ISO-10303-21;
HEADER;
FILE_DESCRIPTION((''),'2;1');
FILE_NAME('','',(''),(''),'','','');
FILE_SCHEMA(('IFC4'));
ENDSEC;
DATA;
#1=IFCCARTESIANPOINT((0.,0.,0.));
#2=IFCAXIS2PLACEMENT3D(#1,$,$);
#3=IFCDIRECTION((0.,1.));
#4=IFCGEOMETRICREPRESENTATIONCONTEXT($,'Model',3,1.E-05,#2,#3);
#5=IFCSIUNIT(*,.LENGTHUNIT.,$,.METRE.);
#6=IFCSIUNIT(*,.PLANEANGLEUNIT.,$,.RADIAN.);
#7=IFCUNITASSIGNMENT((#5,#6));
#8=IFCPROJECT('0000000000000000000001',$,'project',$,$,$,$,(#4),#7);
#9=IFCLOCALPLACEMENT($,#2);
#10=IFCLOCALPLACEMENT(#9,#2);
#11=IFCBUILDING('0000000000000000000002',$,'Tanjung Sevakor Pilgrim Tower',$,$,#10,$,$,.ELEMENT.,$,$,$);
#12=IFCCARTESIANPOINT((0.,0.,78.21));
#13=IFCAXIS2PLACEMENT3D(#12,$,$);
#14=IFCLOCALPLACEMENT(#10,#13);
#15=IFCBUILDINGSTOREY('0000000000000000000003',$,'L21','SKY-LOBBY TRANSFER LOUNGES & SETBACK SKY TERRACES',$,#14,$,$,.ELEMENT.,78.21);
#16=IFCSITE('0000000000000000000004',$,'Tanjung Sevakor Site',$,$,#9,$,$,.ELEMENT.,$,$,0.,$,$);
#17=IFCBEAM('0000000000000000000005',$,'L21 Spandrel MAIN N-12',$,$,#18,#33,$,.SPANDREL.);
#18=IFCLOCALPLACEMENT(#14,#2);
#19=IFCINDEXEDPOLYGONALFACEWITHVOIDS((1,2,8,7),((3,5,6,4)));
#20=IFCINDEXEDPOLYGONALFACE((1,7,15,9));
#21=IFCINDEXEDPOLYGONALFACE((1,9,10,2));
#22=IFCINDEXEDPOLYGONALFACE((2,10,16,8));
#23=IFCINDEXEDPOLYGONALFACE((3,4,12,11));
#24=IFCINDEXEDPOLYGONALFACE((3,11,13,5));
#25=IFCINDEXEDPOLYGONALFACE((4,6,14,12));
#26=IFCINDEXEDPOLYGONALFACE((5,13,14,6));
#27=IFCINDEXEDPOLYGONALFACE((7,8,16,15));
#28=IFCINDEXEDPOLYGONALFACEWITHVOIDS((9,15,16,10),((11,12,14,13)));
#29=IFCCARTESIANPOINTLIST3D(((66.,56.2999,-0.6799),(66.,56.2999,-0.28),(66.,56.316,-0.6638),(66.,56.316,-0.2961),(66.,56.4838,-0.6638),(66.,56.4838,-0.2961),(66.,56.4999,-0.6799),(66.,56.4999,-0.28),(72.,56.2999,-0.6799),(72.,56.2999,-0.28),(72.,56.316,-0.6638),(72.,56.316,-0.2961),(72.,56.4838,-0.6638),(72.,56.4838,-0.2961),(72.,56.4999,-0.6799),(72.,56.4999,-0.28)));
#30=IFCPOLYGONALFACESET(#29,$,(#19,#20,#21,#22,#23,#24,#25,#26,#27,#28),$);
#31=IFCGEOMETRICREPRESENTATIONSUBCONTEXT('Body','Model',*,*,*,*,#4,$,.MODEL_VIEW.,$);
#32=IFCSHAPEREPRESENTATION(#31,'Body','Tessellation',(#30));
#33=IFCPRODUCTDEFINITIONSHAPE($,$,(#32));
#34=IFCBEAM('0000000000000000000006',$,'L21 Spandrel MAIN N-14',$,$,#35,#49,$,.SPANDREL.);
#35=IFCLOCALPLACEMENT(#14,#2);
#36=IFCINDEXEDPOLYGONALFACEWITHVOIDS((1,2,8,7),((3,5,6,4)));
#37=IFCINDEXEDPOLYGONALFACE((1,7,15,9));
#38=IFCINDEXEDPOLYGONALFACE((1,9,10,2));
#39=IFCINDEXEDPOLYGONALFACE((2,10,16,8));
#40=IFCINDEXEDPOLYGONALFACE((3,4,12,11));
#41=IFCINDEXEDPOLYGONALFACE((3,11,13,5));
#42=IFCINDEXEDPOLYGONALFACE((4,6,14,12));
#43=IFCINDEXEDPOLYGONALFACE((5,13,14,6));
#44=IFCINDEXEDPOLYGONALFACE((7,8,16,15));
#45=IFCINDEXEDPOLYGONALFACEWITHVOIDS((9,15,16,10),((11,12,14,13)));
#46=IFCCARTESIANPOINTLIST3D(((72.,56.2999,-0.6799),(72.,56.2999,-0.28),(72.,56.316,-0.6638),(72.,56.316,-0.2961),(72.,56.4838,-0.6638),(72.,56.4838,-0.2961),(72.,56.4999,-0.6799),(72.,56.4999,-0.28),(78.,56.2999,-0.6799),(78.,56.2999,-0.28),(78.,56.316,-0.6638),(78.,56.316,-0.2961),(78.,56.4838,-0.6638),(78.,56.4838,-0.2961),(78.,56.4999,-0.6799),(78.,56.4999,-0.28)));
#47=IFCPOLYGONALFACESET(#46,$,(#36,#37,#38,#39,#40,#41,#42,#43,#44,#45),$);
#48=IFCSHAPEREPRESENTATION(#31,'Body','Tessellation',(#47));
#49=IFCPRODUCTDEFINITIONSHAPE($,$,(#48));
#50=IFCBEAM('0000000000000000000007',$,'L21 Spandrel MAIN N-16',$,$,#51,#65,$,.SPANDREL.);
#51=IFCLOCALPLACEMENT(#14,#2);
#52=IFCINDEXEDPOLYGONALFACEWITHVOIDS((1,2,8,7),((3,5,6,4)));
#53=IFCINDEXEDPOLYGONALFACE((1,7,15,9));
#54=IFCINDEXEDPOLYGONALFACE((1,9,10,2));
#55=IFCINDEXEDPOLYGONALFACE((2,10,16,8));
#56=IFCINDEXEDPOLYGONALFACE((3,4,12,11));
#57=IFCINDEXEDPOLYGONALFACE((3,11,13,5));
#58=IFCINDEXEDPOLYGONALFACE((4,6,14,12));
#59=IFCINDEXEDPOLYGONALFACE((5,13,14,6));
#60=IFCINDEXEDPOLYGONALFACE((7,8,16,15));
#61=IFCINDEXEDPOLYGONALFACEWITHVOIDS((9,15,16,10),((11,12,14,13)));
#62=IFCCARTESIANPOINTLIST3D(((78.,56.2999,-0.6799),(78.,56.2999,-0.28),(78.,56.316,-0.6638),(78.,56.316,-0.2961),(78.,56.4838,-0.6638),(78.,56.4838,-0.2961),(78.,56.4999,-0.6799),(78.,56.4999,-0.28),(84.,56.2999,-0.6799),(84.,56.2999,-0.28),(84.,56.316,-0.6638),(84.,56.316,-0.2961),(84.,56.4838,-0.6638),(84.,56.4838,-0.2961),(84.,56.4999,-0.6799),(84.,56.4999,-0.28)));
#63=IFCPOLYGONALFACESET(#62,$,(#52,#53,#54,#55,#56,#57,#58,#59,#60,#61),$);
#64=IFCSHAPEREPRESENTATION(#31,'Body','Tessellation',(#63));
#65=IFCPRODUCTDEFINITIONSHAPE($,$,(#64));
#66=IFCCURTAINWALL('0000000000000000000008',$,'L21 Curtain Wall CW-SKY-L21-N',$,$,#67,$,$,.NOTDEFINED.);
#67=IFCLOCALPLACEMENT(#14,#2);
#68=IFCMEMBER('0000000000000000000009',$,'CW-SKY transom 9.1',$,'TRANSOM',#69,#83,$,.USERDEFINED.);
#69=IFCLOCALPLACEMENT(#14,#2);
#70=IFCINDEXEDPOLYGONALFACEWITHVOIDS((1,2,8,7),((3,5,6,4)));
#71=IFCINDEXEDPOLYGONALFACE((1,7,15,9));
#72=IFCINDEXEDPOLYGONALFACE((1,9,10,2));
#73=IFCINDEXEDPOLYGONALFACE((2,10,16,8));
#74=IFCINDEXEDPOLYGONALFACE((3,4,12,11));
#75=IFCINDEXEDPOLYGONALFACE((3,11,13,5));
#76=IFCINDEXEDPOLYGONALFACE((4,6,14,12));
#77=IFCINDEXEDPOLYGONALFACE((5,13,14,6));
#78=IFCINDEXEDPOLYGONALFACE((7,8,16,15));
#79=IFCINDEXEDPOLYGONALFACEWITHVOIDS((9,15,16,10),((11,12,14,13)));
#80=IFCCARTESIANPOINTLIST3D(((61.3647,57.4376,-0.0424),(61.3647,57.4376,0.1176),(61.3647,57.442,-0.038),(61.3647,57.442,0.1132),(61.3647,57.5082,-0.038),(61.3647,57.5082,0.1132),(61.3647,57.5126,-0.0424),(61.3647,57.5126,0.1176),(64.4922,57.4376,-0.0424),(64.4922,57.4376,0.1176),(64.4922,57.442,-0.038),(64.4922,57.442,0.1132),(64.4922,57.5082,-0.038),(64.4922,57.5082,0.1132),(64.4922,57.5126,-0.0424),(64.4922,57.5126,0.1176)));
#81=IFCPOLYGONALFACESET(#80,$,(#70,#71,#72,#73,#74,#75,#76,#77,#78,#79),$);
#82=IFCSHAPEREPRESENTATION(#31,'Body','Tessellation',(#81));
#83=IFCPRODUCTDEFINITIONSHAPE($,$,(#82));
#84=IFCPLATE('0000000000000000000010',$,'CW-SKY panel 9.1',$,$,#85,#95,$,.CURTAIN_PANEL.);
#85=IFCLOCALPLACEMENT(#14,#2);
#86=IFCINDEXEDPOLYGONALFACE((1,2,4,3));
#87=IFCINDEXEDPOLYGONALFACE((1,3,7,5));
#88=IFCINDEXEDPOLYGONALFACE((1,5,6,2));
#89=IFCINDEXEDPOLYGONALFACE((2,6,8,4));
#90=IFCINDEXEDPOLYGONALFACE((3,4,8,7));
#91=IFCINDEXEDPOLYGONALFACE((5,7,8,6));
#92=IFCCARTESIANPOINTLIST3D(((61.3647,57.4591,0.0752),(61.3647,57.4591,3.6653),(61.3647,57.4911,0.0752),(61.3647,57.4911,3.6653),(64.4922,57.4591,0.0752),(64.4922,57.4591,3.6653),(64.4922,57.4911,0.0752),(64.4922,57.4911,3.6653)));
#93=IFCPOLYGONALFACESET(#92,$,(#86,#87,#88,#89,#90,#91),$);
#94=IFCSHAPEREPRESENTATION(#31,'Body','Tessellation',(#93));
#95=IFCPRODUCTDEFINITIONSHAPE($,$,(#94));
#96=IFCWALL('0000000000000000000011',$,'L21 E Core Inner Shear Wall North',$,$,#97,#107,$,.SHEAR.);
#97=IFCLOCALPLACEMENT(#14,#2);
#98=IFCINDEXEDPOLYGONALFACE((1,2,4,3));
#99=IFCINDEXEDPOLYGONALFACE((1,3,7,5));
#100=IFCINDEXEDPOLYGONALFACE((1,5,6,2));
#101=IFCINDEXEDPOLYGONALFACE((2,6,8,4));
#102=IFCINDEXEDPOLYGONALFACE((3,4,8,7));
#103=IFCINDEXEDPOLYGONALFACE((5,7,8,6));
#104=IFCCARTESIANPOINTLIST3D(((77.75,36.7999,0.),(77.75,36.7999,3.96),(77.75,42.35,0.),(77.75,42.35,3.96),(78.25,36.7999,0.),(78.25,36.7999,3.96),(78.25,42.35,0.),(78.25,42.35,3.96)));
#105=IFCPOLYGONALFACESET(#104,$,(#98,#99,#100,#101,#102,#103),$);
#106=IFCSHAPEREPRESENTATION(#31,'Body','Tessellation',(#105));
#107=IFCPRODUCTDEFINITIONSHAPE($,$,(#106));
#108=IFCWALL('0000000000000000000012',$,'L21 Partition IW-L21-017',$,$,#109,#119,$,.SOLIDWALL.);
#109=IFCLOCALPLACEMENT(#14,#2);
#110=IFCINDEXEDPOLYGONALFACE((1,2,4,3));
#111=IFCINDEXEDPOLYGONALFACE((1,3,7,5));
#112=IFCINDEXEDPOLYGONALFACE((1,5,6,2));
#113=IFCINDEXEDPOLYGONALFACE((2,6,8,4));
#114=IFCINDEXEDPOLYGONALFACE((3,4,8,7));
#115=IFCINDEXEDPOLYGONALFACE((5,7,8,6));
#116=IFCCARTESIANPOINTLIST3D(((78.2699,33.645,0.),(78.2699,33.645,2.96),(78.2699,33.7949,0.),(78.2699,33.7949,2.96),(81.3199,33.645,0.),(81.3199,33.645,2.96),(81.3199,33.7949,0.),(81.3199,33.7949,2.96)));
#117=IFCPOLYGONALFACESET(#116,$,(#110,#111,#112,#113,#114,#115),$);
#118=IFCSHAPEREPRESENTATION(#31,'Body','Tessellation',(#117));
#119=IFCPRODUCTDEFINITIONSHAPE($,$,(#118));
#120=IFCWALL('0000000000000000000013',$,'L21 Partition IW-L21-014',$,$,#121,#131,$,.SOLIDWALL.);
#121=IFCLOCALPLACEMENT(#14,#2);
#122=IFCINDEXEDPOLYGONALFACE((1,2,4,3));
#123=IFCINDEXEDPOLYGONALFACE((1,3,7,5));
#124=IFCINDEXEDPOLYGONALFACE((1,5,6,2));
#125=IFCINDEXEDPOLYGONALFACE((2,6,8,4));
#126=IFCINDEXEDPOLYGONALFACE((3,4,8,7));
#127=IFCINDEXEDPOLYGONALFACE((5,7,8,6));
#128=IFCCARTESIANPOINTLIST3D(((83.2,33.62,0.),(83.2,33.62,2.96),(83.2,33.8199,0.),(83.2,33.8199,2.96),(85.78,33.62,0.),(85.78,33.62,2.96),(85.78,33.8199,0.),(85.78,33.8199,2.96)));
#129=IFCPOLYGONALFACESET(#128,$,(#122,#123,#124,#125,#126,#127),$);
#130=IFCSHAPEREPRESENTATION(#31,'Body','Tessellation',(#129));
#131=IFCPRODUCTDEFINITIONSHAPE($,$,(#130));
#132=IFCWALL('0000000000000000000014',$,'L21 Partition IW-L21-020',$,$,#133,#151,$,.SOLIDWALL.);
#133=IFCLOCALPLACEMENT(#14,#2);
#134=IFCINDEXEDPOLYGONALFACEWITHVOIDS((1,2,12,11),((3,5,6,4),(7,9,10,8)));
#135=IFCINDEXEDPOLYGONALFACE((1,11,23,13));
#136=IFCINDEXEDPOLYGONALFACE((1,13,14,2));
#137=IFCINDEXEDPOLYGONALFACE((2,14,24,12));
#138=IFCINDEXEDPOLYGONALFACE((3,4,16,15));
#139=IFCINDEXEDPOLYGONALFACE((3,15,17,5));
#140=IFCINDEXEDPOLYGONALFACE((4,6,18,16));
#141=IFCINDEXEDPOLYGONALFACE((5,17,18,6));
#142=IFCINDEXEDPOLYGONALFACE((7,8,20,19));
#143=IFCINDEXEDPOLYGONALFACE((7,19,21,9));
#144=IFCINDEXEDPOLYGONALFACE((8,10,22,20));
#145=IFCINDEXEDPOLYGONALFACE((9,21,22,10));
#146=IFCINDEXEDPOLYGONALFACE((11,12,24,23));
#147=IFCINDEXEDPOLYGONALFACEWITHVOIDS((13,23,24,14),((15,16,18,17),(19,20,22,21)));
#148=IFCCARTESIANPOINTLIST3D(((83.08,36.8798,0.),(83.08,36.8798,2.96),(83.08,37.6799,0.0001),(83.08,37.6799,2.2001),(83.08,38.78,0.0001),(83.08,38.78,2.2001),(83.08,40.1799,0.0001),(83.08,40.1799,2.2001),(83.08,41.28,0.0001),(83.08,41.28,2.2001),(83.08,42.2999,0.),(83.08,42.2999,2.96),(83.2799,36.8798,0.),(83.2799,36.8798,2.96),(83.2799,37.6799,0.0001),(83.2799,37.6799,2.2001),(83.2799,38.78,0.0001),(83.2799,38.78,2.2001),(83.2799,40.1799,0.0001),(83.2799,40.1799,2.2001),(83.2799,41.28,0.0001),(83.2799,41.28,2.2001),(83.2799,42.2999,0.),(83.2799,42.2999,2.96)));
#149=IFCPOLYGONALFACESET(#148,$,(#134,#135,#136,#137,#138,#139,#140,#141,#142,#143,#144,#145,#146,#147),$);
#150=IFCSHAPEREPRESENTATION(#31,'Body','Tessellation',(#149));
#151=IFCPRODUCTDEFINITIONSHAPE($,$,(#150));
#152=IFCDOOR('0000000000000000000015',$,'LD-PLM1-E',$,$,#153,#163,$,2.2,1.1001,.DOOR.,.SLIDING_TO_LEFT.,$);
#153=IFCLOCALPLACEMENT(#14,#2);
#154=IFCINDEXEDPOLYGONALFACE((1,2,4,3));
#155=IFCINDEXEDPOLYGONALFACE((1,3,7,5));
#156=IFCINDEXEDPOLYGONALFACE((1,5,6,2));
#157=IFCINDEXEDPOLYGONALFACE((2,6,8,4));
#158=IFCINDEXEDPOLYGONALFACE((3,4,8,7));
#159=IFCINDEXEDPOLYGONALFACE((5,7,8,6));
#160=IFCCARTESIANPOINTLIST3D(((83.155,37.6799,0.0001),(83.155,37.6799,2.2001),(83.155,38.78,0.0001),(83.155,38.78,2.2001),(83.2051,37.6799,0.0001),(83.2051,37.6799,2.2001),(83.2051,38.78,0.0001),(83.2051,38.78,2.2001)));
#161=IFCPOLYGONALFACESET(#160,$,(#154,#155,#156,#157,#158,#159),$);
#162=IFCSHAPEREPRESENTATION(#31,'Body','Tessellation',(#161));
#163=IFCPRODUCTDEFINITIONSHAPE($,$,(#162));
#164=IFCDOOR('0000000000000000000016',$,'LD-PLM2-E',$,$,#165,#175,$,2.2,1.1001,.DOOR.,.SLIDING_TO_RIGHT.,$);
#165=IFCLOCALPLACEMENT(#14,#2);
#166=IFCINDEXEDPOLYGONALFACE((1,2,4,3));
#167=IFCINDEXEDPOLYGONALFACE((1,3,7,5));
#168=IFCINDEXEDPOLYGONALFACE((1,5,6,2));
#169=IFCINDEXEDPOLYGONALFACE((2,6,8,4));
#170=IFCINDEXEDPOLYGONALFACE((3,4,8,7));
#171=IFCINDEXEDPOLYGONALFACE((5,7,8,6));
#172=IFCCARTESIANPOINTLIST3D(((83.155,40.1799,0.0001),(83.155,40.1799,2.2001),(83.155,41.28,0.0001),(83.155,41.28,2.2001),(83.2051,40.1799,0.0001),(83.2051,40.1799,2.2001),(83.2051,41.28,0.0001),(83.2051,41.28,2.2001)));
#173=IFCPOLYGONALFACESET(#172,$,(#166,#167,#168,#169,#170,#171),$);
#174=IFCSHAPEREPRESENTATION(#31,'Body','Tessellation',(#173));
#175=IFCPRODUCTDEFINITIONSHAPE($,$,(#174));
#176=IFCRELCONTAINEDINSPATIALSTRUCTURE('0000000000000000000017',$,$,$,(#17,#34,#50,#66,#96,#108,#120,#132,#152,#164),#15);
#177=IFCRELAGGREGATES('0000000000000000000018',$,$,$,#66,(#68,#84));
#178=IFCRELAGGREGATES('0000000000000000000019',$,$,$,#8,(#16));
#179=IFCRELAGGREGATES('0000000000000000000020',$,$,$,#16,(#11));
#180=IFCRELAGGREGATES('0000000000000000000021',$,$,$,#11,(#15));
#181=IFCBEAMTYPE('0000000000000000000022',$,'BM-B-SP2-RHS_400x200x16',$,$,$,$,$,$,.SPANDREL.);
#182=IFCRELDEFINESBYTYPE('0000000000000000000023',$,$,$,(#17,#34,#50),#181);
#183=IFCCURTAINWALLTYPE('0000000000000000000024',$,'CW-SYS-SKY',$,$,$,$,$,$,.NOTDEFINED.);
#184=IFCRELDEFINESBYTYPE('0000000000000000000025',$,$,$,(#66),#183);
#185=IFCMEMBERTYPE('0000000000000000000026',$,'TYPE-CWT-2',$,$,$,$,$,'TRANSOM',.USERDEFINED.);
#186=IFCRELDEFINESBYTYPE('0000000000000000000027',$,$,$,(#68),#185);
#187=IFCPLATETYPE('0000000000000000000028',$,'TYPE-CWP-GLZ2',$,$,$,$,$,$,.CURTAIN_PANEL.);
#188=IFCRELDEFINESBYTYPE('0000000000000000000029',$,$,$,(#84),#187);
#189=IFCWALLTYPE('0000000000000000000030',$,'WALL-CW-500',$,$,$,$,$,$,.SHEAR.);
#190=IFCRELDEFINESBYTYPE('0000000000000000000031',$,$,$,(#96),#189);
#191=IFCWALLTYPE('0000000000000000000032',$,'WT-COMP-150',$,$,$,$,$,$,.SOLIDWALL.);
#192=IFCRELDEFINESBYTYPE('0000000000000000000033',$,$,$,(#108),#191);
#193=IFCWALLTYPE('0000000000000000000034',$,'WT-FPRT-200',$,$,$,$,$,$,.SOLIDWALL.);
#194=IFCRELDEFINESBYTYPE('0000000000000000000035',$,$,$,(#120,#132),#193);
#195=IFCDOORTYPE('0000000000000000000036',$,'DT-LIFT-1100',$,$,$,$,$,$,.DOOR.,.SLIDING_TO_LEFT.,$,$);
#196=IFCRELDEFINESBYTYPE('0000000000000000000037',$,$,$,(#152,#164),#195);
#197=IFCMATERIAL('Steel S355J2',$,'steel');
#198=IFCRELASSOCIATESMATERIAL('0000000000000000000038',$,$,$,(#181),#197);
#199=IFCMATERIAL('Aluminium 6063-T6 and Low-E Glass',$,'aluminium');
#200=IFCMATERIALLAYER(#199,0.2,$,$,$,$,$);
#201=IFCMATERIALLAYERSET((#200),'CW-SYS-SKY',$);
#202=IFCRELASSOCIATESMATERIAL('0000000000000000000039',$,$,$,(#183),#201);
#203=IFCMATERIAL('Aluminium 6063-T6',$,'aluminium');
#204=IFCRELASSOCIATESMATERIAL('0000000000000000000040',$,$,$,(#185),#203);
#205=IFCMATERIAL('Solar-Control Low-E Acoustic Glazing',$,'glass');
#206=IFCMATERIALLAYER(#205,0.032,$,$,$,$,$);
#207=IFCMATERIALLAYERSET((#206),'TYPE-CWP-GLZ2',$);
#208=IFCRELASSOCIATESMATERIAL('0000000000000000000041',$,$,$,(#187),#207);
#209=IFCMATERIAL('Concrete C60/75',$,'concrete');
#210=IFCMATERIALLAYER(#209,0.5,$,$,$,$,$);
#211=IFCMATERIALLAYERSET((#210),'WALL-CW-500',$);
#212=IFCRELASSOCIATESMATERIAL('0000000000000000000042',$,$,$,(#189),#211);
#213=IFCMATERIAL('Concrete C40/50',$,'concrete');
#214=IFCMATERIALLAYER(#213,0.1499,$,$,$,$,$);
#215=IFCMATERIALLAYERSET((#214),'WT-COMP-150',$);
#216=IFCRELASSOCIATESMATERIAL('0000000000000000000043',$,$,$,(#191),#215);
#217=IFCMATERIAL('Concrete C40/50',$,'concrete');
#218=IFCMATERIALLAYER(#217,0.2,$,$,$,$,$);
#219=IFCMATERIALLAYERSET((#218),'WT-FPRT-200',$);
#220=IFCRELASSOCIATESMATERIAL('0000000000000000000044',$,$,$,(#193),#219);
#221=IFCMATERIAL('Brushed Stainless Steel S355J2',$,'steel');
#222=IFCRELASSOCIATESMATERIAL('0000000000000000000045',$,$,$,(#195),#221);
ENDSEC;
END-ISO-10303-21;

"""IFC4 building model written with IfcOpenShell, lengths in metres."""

from ifc_helpers import new_model, si_unit, direction, frame, frame_2d, origin, origin_2d, place, context, subcontext, project, spatial, rectangle, hollow_rectangle, extrude, material, layer, layer_set, material_profile, profile_set, type_object, element, fill, aggregate, save


model = new_model("IFC4")

# Units and contexts
model_context = context("Model", 3, precision=1e-05, world=origin(), true_north=direction((0.0, 1.0)))
body_context = subcontext(model_context, "Body", "Model", "MODEL_VIEW")
ifc_project = project(units=[si_unit("LENGTHUNIT", "METRE"), si_unit("PLANEANGLEUNIT", "RADIAN")], contexts=[model_context])

# Site, building, storey
site_placement = place(None, origin())
site = spatial("IfcSite", under=ifc_project, at=site_placement, Name="Tanjung Sevakor Site", CompositionType="ELEMENT", RefElevation=0.0)
building_placement = place(site_placement, origin())
building = spatial("IfcBuilding", under=site, at=building_placement, Name="Tanjung Sevakor Pilgrim Tower", CompositionType="ELEMENT")
storey_placement = place(building_placement, frame((0.0, 0.0, 78.21)))
storey = spatial("IfcBuildingStorey", under=building, at=storey_placement, Name="L21", Description="SKY-LOBBY TRANSFER LOUNGES & SETBACK SKY TERRACES", CompositionType="ELEMENT", Elevation=78.21)

# Beams
ifc_material_1 = material(Name="Steel S355J2", Category="steel")
ifc_material_profile_1 = material_profile(ifc_material_1, hollow_rectangle(XDim=0.2, YDim=0.3999, WallThickness=0.0161, at=origin_2d()))
ifc_profile_set_1 = profile_set([ifc_material_profile_1], Name="Steel S355J2")
beam_type_1 = type_object("IfcBeamType", Name="BM-B-SP2-RHS_400x200x16", PredefinedType="SPANDREL", material=ifc_profile_set_1)
for number, where, z_axis, x_axis, name in (
    (1, (66.0, 56.3999, -0.48), (1.0, 0.0, 0.0), (0.0, 1.0, 0.0), "L21 Spandrel MAIN N-12"),
    (2, (72.0, 56.3999, -0.48), (1.0, 0.0, 0.0), (0.0, 1.0, 0.0), "L21 Spandrel MAIN N-14"),
    (3, (78.0, 56.3999, -0.48), (1.0, 0.0, 0.0), (0.0, 1.0, 0.0), "L21 Spandrel MAIN N-16"),
):
    element("IfcBeam", number, at=place(storey_placement, frame(where, z_axis=z_axis, x_axis=x_axis)), inside=storey, type_object=beam_type_1, Name=name, PredefinedType="SPANDREL", context=body_context, shape_type="SweptSolid", body=[
        extrude(hollow_rectangle(XDim=0.2, YDim=0.3999, WallThickness=0.0161, at=origin_2d()), origin(), (0.0, 0.0, 1.0), 6.0),
    ])

# Curtain wall, member, plate
ifc_material_2 = material(Name="Aluminium 6063-T6 and Low-E Glass", Category="aluminium")
ifc_layer_1 = layer(ifc_material_2, 0.2)
ifc_layer_set_1 = layer_set([ifc_layer_1], Name="CW-SYS-SKY")
curtain_wall_type = type_object("IfcCurtainWallType", Name="CW-SYS-SKY", PredefinedType="NOTDEFINED", material=ifc_layer_set_1)
curtain_wall_placement = place(storey_placement, origin())
curtain_wall = element("IfcCurtainWall", 4, at=curtain_wall_placement, inside=storey, type_object=curtain_wall_type, Name="L21 Curtain Wall CW-SKY-L21-N", PredefinedType="NOTDEFINED")
ifc_material_3 = material(Name="Aluminium 6063-T6", Category="aluminium")
ifc_material_profile_2 = material_profile(ifc_material_3, hollow_rectangle(XDim=0.075, YDim=0.1599, WallThickness=0.0044, at=origin_2d()))
ifc_profile_set_2 = profile_set([ifc_material_profile_2], Name="Aluminium 6063-T6")
member_type = type_object("IfcMemberType", Name="TYPE-CWT-2", ElementType="TRANSOM", PredefinedType="USERDEFINED", material=ifc_profile_set_2)
member_placement = place(storey_placement, frame((64.4922, 57.4751, 0.0376), z_axis=(-1.0, 0.0, 0.0), x_axis=(0.0, -1.0, 0.0)))
member = element("IfcMember", 5, at=member_placement, type_object=member_type, Name="CW-SKY transom 9.1", ObjectType="TRANSOM", PredefinedType="USERDEFINED", context=body_context, shape_type="SweptSolid", body=[
    extrude(hollow_rectangle(XDim=0.075, YDim=0.1599, WallThickness=0.0044, at=origin_2d()), origin(), (0.0, 0.0, 1.0), 3.1274),
])
ifc_material_4 = material(Name="Solar-Control Low-E Acoustic Glazing", Category="glass")
ifc_layer_2 = layer(ifc_material_4, 0.032)
ifc_layer_set_2 = layer_set([ifc_layer_2], Name="TYPE-CWP-GLZ2")
plate_type = type_object("IfcPlateType", Name="TYPE-CWP-GLZ2", PredefinedType="CURTAIN_PANEL", material=ifc_layer_set_2)
plate_placement = place(storey_placement, frame((62.9285, 57.4751, 0.0752), z_axis=(0.0, 0.0, 1.0), x_axis=(-1.0, 0.0, 0.0)))
plate = element("IfcPlate", 6, at=plate_placement, type_object=plate_type, Name="CW-SKY panel 9.1", PredefinedType="CURTAIN_PANEL", context=body_context, shape_type="SweptSolid", body=[
    extrude(rectangle(XDim=3.1274, YDim=0.032, at=origin_2d()), origin(), (0.0, 0.0, 1.0), 3.5901),
])
aggregate(curtain_wall, [member, plate])

# Walls
ifc_material_5 = material(Name="Concrete C60/75", Category="concrete")
ifc_layer_3 = layer(ifc_material_5, 0.5)
ifc_layer_set_3 = layer_set([ifc_layer_3], Name="WALL-CW-500")
wall_type_1 = type_object("IfcWallType", Name="WALL-CW-500", PredefinedType="SHEAR", material=ifc_layer_set_3)
wall_1_placement = place(storey_placement, frame((78.0, 36.8, 0.0), z_axis=(0.0, 0.0, 1.0), x_axis=(0.0, 1.0, 0.0)))
element("IfcWall", 7, at=wall_1_placement, inside=storey, type_object=wall_type_1, Name="L21 E Core Inner Shear Wall North", PredefinedType="SHEAR", context=body_context, shape_type="SweptSolid", body=[
    extrude(rectangle(XDim=5.55, YDim=0.5, at=frame_2d((2.7749, 0.0))), origin(), (0.0, 0.0, 1.0), 3.96),
])
ifc_material_6 = material(Name="Concrete C40/50", Category="concrete")
ifc_layer_4 = layer(ifc_material_6, 0.1499)
ifc_layer_set_4 = layer_set([ifc_layer_4], Name="WT-COMP-150")
wall_type_2 = type_object("IfcWallType", Name="WT-COMP-150", PredefinedType="SOLIDWALL", material=ifc_layer_set_4)
wall_2_placement = place(storey_placement, frame((78.27, 33.72, 0.0), z_axis=(0.0, 0.0, 1.0), x_axis=(1.0, 0.0, 0.0)))
element("IfcWall", 8, at=wall_2_placement, inside=storey, type_object=wall_type_2, Name="L21 Partition IW-L21-017", PredefinedType="SOLIDWALL", context=body_context, shape_type="SweptSolid", body=[
    extrude(rectangle(XDim=3.05, YDim=0.1499, at=frame_2d((1.5249, 0.0))), origin(), (0.0, 0.0, 1.0), 2.96),
])
ifc_material_7 = material(Name="Concrete C40/50", Category="concrete")
ifc_layer_5 = layer(ifc_material_7, 0.2)
ifc_layer_set_5 = layer_set([ifc_layer_5], Name="WT-FPRT-200")
wall_type_3 = type_object("IfcWallType", Name="WT-FPRT-200", PredefinedType="SOLIDWALL", material=ifc_layer_set_5)
wall_3_placement = place(storey_placement, frame((83.2, 33.72, 0.0), z_axis=(0.0, 0.0, 1.0), x_axis=(1.0, 0.0, 0.0)))
element("IfcWall", 9, at=wall_3_placement, inside=storey, type_object=wall_type_3, Name="L21 Partition IW-L21-014", PredefinedType="SOLIDWALL", context=body_context, shape_type="SweptSolid", body=[
    extrude(rectangle(XDim=2.5801, YDim=0.2, at=frame_2d((1.29, 0.0))), origin(), (0.0, 0.0, 1.0), 2.96),
])

# Wall, openings, doors
wall_4_placement = place(storey_placement, frame((83.1799, 36.8799, 0.0), z_axis=(0.0, 0.0, 1.0), x_axis=(0.0, 1.0, 0.0)))
wall_4 = element("IfcWall", 10, at=wall_4_placement, inside=storey, type_object=wall_type_3, Name="L21 Partition IW-L21-020", PredefinedType="SOLIDWALL", context=body_context, shape_type="SweptSolid", body=[
    extrude(rectangle(XDim=5.4202, YDim=0.2, at=frame_2d((2.71, 0.0))), origin(), (0.0, 0.0, 1.0), 2.96),
])
opening_1_placement = place(wall_4_placement, frame((0.8, 0.0, 0.0)))
opening_1 = element("IfcOpeningElement", 11, at=opening_1_placement, cuts=wall_4, PredefinedType="OPENING", context=body_context, shape_type="SweptSolid", body=[
    extrude(rectangle(XDim=1.1001, YDim=2.2, at=frame_2d((0.55, 1.1001))), frame((0.0, 0.1099, 0.0), z_axis=(0.0, -1.0, 0.0), x_axis=(1.0, 0.0, 0.0)), (0.0, 0.0, 1.0), 0.22),
])
opening_2_placement = place(wall_4_placement, frame((3.3, 0.0, 0.0)))
opening_2 = element("IfcOpeningElement", 12, at=opening_2_placement, cuts=wall_4, PredefinedType="OPENING", context=body_context, shape_type="SweptSolid", body=[
    extrude(rectangle(XDim=1.1001, YDim=2.2, at=frame_2d((0.55, 1.1001))), frame((0.0, 0.1099, 0.0), z_axis=(0.0, -1.0, 0.0), x_axis=(1.0, 0.0, 0.0)), (0.0, 0.0, 1.0), 0.22),
])
ifc_material_8 = material(Name="Brushed Stainless Steel S355J2", Category="steel")
door_type = type_object("IfcDoorType", Name="DT-LIFT-1100", OperationType="SLIDING_TO_LEFT", PredefinedType="DOOR", material=ifc_material_8)
door_1_placement = place(opening_1_placement, origin())
door_1 = element("IfcDoor", 13, at=door_1_placement, inside=storey, type_object=door_type, Name="LD-PLM1-E", OperationType="SLIDING_TO_LEFT", OverallHeight=2.2, OverallWidth=1.1001, PredefinedType="DOOR", context=body_context, shape_type="SweptSolid", body=[
    extrude(rectangle(XDim=1.1001, YDim=2.2, at=frame_2d((0.55, 1.1001))), frame((0.0, 0.0249, 0.0), z_axis=(0.0, -1.0, 0.0), x_axis=(1.0, 0.0, 0.0)), (0.0, 0.0, 1.0), 0.05),
])
fill(opening_1, door_1)
door_2_placement = place(opening_2_placement, origin())
door_2 = element("IfcDoor", 14, at=door_2_placement, inside=storey, type_object=door_type, Name="LD-PLM2-E", OperationType="SLIDING_TO_RIGHT", OverallHeight=2.2, OverallWidth=1.1001, PredefinedType="DOOR", context=body_context, shape_type="SweptSolid", body=[
    extrude(rectangle(XDim=1.1001, YDim=2.2, at=frame_2d((0.55, 1.1001))), frame((0.0, 0.0249, 0.0), z_axis=(0.0, -1.0, 0.0), x_axis=(1.0, 0.0, 0.0)), (0.0, 0.0, 1.0), 0.05),
])
fill(opening_2, door_2)

save(model, "model.ifc")
